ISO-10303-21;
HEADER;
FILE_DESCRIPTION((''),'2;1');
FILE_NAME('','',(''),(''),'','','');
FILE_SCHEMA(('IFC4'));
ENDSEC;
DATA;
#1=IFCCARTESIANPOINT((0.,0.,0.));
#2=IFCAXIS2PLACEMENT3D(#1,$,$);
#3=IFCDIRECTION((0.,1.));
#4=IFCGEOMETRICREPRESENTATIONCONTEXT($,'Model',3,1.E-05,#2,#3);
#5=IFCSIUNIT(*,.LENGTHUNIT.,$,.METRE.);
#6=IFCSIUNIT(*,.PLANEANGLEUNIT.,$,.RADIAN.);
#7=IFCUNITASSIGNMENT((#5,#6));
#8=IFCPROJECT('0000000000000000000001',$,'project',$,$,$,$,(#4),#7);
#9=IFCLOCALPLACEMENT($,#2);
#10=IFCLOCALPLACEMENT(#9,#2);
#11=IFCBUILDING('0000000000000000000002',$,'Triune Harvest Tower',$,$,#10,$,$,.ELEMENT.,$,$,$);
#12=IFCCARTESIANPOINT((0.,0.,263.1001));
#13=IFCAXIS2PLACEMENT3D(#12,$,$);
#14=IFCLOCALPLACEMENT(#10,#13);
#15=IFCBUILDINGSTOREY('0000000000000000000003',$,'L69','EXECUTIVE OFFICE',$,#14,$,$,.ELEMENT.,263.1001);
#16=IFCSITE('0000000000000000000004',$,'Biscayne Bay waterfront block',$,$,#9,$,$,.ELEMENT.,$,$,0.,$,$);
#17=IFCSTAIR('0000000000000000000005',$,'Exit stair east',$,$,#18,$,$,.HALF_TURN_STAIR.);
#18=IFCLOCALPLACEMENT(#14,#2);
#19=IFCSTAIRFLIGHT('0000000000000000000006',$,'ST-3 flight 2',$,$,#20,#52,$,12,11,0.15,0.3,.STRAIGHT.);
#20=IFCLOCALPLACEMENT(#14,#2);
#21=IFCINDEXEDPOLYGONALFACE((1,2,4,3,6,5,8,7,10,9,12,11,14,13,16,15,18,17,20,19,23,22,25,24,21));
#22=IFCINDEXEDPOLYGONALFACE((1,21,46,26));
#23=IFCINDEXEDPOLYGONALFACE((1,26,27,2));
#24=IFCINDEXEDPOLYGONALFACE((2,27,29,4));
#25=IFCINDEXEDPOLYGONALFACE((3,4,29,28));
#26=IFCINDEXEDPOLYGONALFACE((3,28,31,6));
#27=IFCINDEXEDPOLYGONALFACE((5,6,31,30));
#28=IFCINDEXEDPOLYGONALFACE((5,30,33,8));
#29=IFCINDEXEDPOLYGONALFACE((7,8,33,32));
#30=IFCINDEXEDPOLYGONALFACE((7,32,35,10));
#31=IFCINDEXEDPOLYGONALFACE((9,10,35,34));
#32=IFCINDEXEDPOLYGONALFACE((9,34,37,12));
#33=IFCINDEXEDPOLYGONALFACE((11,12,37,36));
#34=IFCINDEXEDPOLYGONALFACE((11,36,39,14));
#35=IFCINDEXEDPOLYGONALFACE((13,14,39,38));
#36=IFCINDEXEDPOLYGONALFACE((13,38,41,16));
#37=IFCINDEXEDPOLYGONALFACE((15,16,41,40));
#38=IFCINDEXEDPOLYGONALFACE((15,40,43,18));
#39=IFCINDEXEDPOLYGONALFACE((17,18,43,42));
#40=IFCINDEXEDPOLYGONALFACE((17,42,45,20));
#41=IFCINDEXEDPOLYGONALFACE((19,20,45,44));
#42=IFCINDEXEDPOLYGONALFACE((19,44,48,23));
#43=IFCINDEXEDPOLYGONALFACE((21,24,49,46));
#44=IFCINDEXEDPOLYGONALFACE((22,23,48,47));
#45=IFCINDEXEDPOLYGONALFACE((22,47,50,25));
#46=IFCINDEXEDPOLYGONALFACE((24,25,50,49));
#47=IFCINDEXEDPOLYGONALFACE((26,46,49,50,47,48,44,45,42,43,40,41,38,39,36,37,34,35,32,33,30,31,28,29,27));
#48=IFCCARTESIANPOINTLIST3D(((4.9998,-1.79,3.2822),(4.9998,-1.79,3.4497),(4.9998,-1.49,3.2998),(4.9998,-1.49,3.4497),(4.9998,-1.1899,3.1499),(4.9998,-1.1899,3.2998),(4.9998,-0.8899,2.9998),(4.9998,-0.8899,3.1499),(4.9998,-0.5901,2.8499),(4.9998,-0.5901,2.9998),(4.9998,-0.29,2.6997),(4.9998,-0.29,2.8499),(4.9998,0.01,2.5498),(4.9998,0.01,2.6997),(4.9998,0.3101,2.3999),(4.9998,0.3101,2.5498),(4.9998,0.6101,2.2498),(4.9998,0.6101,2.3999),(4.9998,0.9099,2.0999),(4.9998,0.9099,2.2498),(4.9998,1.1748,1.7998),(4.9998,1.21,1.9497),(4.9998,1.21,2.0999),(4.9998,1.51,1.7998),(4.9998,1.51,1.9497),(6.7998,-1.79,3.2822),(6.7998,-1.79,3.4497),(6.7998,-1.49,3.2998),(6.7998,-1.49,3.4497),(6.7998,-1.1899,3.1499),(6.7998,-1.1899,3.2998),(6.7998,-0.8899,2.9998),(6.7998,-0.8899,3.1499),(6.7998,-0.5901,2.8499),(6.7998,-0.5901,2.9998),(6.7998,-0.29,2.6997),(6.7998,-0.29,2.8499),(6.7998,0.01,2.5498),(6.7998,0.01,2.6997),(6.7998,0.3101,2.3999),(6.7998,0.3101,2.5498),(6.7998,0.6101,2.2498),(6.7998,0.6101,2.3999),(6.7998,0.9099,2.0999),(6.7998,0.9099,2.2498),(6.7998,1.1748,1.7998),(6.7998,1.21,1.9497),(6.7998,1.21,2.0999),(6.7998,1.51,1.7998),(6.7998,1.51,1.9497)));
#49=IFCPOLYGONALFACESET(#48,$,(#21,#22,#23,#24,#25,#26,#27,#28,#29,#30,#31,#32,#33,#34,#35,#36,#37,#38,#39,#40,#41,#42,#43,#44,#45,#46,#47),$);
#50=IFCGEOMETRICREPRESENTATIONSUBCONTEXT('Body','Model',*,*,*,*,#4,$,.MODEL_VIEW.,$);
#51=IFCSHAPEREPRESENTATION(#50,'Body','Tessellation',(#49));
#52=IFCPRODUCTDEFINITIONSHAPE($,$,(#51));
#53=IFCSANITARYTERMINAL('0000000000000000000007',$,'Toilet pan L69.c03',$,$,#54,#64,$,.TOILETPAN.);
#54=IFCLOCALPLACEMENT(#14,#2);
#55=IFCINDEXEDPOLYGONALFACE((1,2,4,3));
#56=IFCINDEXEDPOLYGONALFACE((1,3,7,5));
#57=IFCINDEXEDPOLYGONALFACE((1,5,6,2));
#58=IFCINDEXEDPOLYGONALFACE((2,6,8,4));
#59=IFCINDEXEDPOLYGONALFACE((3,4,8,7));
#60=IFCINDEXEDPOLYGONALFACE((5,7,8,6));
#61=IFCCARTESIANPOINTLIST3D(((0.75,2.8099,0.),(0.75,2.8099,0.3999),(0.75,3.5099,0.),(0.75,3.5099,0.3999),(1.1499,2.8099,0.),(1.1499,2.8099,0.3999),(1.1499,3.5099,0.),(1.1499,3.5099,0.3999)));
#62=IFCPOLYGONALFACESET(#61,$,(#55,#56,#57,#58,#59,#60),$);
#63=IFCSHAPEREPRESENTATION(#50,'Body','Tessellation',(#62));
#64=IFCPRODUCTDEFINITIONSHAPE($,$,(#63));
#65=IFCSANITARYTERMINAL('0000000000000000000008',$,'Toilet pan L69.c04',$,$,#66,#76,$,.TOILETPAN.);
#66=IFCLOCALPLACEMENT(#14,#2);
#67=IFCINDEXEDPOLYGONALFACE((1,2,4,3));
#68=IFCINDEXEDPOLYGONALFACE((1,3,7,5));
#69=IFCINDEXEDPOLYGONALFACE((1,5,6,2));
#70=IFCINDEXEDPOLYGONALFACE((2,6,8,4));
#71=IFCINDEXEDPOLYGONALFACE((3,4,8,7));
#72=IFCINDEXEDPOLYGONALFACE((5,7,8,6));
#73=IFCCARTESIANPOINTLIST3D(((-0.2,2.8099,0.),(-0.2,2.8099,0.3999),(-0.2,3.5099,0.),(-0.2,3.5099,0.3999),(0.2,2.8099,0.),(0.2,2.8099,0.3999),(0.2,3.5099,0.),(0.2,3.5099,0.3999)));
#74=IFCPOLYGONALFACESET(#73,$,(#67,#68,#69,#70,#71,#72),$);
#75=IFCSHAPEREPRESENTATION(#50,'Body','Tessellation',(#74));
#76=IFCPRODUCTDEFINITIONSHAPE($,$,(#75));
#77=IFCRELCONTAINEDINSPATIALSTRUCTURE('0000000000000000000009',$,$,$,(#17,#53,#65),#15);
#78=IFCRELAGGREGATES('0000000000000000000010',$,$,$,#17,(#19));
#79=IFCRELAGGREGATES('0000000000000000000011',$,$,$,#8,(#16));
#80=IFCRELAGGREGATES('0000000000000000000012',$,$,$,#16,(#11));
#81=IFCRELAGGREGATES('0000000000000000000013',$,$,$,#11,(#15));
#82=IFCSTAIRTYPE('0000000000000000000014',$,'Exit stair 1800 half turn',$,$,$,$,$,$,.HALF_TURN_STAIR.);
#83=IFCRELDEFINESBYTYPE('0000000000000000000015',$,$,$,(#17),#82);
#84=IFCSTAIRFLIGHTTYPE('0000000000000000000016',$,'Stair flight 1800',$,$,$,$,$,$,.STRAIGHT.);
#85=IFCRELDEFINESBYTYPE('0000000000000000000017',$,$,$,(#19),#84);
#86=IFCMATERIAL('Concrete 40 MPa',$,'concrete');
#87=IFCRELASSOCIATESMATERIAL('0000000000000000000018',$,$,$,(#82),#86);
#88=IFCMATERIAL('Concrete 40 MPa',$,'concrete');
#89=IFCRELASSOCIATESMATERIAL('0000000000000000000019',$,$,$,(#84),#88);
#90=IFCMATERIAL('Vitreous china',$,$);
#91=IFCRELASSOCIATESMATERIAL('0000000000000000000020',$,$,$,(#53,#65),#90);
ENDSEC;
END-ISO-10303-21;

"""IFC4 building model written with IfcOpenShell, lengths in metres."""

from ifc_helpers import new_model, si_unit, direction, frame, origin, origin_2d, place, context, subcontext, project, spatial, polyline, rectangle, outline, extrude, source, transform, mapped, material, type_object, element, aggregate, save


model = new_model("IFC4")

# Units and contexts
model_context = context("Model", 3, precision=1e-05, world=origin(), true_north=direction((0.0, 1.0)))
body_context = subcontext(model_context, "Body", "Model", "MODEL_VIEW")
ifc_project = project(units=[si_unit("LENGTHUNIT", "METRE"), si_unit("PLANEANGLEUNIT", "RADIAN")], contexts=[model_context])

# Site, building, storey
site_placement = place(None, origin())
site = spatial("IfcSite", under=ifc_project, at=site_placement, Name="Biscayne Bay waterfront block", CompositionType="ELEMENT", RefElevation=0.0)
building_placement = place(site_placement, origin())
building = spatial("IfcBuilding", under=site, at=building_placement, Name="Triune Harvest Tower", CompositionType="ELEMENT")
storey_placement = place(building_placement, frame((0.0, 0.0, 263.1001)))
storey = spatial("IfcBuildingStorey", under=building, at=storey_placement, Name="L69", Description="EXECUTIVE OFFICE", CompositionType="ELEMENT", Elevation=263.1001)

# Stair
ifc_material_1 = material(Name="Concrete 40 MPa", Category="concrete")
stair_type = type_object("IfcStairType", Name="Exit stair 1800 half turn", PredefinedType="HALF_TURN_STAIR", material=ifc_material_1)
stair_1_placement = place(storey_placement, origin())
stair_1 = element("IfcStair", 1, at=stair_1_placement, inside=storey, type_object=stair_type, Name="Exit stair east", PredefinedType="HALF_TURN_STAIR")

# Stair flight
ifc_material_2 = material(Name="Concrete 40 MPa", Category="concrete")
stair_flight_type = type_object("IfcStairFlightType", Name="Stair flight 1800", PredefinedType="STRAIGHT", material=ifc_material_2)
shared_shape_1 = source(origin(), body_context, "Body", "SweptSolid", [
    extrude(outline(polyline([(0.0, 0.0), (0.0, 0.1499), (0.3, 0.1499), (0.3, 0.3), (0.6001, 0.3), (0.6001, 0.45), (0.8999, 0.45), (0.8999, 0.6001), (1.2, 0.6001), (1.2, 0.75), (1.5, 0.75), (1.5, 0.8999), (1.8, 0.8999), (1.8, 1.05), (2.1001, 1.05), (2.1001, 1.2), (2.3999, 1.2), (2.3999, 1.3501), (2.7, 1.3501), (2.7, 1.5), (3.0, 1.5), (3.0, 1.6499), (3.3, 1.6499), (3.3, 1.8), (3.3, 1.4824), (0.3352, 0.0), (0.0, 0.0)])), frame((0.0, 0.8999, 0.0), z_axis=(0.0, -1.0, 0.0), x_axis=(1.0, 0.0, 0.0)), (0.0, 0.0, 1.0), 1.8),
])
stair_flight_placement = place(storey_placement, frame((5.8999, 1.51, 1.7998), z_axis=(0.0, 0.0, 1.0), x_axis=(0.0, -1.0, 0.0)))
stair_flight = element("IfcStairFlight", 2, at=stair_flight_placement, type_object=stair_flight_type, Name="ST-3 flight 2", NumberOfRisers=12, NumberOfTreads=11, PredefinedType="STRAIGHT", RiserHeight=0.15, TreadLength=0.3, context=body_context, shape_type="MappedRepresentation", body=[
    mapped(shared_shape_1, transform((0.0, 0.0, 0.0), scale=1.0)),
])
aggregate(stair_1, [stair_flight])

# Sanitary terminals
ifc_material_3 = material(Name="Vitreous china")
shared_shape_2 = source(origin(), body_context, "Body", "SweptSolid", [
    extrude(rectangle(XDim=0.3999, YDim=0.7, at=origin_2d()), origin(), (0.0, 0.0, 1.0), 0.3999),
])
for number, where, z_axis, x_axis, name in (
    (3, (0.95, 3.1599, 0.0), (0.0, 0.0, 1.0), (-1.0, 0.0, 0.0), "Toilet pan L69.c03"),
    (4, (0.0, 3.1599, 0.0), (0.0, 0.0, 1.0), (-1.0, 0.0, 0.0), "Toilet pan L69.c04"),
):
    element("IfcSanitaryTerminal", number, at=place(storey_placement, frame(where, z_axis=z_axis, x_axis=x_axis)), inside=storey, material=ifc_material_3, Name=name, PredefinedType="TOILETPAN", context=body_context, shape_type="MappedRepresentation", body=[
        mapped(shared_shape_2, transform((0.0, 0.0, 0.0), scale=1.0)),
    ])

save(model, "model.ifc")
